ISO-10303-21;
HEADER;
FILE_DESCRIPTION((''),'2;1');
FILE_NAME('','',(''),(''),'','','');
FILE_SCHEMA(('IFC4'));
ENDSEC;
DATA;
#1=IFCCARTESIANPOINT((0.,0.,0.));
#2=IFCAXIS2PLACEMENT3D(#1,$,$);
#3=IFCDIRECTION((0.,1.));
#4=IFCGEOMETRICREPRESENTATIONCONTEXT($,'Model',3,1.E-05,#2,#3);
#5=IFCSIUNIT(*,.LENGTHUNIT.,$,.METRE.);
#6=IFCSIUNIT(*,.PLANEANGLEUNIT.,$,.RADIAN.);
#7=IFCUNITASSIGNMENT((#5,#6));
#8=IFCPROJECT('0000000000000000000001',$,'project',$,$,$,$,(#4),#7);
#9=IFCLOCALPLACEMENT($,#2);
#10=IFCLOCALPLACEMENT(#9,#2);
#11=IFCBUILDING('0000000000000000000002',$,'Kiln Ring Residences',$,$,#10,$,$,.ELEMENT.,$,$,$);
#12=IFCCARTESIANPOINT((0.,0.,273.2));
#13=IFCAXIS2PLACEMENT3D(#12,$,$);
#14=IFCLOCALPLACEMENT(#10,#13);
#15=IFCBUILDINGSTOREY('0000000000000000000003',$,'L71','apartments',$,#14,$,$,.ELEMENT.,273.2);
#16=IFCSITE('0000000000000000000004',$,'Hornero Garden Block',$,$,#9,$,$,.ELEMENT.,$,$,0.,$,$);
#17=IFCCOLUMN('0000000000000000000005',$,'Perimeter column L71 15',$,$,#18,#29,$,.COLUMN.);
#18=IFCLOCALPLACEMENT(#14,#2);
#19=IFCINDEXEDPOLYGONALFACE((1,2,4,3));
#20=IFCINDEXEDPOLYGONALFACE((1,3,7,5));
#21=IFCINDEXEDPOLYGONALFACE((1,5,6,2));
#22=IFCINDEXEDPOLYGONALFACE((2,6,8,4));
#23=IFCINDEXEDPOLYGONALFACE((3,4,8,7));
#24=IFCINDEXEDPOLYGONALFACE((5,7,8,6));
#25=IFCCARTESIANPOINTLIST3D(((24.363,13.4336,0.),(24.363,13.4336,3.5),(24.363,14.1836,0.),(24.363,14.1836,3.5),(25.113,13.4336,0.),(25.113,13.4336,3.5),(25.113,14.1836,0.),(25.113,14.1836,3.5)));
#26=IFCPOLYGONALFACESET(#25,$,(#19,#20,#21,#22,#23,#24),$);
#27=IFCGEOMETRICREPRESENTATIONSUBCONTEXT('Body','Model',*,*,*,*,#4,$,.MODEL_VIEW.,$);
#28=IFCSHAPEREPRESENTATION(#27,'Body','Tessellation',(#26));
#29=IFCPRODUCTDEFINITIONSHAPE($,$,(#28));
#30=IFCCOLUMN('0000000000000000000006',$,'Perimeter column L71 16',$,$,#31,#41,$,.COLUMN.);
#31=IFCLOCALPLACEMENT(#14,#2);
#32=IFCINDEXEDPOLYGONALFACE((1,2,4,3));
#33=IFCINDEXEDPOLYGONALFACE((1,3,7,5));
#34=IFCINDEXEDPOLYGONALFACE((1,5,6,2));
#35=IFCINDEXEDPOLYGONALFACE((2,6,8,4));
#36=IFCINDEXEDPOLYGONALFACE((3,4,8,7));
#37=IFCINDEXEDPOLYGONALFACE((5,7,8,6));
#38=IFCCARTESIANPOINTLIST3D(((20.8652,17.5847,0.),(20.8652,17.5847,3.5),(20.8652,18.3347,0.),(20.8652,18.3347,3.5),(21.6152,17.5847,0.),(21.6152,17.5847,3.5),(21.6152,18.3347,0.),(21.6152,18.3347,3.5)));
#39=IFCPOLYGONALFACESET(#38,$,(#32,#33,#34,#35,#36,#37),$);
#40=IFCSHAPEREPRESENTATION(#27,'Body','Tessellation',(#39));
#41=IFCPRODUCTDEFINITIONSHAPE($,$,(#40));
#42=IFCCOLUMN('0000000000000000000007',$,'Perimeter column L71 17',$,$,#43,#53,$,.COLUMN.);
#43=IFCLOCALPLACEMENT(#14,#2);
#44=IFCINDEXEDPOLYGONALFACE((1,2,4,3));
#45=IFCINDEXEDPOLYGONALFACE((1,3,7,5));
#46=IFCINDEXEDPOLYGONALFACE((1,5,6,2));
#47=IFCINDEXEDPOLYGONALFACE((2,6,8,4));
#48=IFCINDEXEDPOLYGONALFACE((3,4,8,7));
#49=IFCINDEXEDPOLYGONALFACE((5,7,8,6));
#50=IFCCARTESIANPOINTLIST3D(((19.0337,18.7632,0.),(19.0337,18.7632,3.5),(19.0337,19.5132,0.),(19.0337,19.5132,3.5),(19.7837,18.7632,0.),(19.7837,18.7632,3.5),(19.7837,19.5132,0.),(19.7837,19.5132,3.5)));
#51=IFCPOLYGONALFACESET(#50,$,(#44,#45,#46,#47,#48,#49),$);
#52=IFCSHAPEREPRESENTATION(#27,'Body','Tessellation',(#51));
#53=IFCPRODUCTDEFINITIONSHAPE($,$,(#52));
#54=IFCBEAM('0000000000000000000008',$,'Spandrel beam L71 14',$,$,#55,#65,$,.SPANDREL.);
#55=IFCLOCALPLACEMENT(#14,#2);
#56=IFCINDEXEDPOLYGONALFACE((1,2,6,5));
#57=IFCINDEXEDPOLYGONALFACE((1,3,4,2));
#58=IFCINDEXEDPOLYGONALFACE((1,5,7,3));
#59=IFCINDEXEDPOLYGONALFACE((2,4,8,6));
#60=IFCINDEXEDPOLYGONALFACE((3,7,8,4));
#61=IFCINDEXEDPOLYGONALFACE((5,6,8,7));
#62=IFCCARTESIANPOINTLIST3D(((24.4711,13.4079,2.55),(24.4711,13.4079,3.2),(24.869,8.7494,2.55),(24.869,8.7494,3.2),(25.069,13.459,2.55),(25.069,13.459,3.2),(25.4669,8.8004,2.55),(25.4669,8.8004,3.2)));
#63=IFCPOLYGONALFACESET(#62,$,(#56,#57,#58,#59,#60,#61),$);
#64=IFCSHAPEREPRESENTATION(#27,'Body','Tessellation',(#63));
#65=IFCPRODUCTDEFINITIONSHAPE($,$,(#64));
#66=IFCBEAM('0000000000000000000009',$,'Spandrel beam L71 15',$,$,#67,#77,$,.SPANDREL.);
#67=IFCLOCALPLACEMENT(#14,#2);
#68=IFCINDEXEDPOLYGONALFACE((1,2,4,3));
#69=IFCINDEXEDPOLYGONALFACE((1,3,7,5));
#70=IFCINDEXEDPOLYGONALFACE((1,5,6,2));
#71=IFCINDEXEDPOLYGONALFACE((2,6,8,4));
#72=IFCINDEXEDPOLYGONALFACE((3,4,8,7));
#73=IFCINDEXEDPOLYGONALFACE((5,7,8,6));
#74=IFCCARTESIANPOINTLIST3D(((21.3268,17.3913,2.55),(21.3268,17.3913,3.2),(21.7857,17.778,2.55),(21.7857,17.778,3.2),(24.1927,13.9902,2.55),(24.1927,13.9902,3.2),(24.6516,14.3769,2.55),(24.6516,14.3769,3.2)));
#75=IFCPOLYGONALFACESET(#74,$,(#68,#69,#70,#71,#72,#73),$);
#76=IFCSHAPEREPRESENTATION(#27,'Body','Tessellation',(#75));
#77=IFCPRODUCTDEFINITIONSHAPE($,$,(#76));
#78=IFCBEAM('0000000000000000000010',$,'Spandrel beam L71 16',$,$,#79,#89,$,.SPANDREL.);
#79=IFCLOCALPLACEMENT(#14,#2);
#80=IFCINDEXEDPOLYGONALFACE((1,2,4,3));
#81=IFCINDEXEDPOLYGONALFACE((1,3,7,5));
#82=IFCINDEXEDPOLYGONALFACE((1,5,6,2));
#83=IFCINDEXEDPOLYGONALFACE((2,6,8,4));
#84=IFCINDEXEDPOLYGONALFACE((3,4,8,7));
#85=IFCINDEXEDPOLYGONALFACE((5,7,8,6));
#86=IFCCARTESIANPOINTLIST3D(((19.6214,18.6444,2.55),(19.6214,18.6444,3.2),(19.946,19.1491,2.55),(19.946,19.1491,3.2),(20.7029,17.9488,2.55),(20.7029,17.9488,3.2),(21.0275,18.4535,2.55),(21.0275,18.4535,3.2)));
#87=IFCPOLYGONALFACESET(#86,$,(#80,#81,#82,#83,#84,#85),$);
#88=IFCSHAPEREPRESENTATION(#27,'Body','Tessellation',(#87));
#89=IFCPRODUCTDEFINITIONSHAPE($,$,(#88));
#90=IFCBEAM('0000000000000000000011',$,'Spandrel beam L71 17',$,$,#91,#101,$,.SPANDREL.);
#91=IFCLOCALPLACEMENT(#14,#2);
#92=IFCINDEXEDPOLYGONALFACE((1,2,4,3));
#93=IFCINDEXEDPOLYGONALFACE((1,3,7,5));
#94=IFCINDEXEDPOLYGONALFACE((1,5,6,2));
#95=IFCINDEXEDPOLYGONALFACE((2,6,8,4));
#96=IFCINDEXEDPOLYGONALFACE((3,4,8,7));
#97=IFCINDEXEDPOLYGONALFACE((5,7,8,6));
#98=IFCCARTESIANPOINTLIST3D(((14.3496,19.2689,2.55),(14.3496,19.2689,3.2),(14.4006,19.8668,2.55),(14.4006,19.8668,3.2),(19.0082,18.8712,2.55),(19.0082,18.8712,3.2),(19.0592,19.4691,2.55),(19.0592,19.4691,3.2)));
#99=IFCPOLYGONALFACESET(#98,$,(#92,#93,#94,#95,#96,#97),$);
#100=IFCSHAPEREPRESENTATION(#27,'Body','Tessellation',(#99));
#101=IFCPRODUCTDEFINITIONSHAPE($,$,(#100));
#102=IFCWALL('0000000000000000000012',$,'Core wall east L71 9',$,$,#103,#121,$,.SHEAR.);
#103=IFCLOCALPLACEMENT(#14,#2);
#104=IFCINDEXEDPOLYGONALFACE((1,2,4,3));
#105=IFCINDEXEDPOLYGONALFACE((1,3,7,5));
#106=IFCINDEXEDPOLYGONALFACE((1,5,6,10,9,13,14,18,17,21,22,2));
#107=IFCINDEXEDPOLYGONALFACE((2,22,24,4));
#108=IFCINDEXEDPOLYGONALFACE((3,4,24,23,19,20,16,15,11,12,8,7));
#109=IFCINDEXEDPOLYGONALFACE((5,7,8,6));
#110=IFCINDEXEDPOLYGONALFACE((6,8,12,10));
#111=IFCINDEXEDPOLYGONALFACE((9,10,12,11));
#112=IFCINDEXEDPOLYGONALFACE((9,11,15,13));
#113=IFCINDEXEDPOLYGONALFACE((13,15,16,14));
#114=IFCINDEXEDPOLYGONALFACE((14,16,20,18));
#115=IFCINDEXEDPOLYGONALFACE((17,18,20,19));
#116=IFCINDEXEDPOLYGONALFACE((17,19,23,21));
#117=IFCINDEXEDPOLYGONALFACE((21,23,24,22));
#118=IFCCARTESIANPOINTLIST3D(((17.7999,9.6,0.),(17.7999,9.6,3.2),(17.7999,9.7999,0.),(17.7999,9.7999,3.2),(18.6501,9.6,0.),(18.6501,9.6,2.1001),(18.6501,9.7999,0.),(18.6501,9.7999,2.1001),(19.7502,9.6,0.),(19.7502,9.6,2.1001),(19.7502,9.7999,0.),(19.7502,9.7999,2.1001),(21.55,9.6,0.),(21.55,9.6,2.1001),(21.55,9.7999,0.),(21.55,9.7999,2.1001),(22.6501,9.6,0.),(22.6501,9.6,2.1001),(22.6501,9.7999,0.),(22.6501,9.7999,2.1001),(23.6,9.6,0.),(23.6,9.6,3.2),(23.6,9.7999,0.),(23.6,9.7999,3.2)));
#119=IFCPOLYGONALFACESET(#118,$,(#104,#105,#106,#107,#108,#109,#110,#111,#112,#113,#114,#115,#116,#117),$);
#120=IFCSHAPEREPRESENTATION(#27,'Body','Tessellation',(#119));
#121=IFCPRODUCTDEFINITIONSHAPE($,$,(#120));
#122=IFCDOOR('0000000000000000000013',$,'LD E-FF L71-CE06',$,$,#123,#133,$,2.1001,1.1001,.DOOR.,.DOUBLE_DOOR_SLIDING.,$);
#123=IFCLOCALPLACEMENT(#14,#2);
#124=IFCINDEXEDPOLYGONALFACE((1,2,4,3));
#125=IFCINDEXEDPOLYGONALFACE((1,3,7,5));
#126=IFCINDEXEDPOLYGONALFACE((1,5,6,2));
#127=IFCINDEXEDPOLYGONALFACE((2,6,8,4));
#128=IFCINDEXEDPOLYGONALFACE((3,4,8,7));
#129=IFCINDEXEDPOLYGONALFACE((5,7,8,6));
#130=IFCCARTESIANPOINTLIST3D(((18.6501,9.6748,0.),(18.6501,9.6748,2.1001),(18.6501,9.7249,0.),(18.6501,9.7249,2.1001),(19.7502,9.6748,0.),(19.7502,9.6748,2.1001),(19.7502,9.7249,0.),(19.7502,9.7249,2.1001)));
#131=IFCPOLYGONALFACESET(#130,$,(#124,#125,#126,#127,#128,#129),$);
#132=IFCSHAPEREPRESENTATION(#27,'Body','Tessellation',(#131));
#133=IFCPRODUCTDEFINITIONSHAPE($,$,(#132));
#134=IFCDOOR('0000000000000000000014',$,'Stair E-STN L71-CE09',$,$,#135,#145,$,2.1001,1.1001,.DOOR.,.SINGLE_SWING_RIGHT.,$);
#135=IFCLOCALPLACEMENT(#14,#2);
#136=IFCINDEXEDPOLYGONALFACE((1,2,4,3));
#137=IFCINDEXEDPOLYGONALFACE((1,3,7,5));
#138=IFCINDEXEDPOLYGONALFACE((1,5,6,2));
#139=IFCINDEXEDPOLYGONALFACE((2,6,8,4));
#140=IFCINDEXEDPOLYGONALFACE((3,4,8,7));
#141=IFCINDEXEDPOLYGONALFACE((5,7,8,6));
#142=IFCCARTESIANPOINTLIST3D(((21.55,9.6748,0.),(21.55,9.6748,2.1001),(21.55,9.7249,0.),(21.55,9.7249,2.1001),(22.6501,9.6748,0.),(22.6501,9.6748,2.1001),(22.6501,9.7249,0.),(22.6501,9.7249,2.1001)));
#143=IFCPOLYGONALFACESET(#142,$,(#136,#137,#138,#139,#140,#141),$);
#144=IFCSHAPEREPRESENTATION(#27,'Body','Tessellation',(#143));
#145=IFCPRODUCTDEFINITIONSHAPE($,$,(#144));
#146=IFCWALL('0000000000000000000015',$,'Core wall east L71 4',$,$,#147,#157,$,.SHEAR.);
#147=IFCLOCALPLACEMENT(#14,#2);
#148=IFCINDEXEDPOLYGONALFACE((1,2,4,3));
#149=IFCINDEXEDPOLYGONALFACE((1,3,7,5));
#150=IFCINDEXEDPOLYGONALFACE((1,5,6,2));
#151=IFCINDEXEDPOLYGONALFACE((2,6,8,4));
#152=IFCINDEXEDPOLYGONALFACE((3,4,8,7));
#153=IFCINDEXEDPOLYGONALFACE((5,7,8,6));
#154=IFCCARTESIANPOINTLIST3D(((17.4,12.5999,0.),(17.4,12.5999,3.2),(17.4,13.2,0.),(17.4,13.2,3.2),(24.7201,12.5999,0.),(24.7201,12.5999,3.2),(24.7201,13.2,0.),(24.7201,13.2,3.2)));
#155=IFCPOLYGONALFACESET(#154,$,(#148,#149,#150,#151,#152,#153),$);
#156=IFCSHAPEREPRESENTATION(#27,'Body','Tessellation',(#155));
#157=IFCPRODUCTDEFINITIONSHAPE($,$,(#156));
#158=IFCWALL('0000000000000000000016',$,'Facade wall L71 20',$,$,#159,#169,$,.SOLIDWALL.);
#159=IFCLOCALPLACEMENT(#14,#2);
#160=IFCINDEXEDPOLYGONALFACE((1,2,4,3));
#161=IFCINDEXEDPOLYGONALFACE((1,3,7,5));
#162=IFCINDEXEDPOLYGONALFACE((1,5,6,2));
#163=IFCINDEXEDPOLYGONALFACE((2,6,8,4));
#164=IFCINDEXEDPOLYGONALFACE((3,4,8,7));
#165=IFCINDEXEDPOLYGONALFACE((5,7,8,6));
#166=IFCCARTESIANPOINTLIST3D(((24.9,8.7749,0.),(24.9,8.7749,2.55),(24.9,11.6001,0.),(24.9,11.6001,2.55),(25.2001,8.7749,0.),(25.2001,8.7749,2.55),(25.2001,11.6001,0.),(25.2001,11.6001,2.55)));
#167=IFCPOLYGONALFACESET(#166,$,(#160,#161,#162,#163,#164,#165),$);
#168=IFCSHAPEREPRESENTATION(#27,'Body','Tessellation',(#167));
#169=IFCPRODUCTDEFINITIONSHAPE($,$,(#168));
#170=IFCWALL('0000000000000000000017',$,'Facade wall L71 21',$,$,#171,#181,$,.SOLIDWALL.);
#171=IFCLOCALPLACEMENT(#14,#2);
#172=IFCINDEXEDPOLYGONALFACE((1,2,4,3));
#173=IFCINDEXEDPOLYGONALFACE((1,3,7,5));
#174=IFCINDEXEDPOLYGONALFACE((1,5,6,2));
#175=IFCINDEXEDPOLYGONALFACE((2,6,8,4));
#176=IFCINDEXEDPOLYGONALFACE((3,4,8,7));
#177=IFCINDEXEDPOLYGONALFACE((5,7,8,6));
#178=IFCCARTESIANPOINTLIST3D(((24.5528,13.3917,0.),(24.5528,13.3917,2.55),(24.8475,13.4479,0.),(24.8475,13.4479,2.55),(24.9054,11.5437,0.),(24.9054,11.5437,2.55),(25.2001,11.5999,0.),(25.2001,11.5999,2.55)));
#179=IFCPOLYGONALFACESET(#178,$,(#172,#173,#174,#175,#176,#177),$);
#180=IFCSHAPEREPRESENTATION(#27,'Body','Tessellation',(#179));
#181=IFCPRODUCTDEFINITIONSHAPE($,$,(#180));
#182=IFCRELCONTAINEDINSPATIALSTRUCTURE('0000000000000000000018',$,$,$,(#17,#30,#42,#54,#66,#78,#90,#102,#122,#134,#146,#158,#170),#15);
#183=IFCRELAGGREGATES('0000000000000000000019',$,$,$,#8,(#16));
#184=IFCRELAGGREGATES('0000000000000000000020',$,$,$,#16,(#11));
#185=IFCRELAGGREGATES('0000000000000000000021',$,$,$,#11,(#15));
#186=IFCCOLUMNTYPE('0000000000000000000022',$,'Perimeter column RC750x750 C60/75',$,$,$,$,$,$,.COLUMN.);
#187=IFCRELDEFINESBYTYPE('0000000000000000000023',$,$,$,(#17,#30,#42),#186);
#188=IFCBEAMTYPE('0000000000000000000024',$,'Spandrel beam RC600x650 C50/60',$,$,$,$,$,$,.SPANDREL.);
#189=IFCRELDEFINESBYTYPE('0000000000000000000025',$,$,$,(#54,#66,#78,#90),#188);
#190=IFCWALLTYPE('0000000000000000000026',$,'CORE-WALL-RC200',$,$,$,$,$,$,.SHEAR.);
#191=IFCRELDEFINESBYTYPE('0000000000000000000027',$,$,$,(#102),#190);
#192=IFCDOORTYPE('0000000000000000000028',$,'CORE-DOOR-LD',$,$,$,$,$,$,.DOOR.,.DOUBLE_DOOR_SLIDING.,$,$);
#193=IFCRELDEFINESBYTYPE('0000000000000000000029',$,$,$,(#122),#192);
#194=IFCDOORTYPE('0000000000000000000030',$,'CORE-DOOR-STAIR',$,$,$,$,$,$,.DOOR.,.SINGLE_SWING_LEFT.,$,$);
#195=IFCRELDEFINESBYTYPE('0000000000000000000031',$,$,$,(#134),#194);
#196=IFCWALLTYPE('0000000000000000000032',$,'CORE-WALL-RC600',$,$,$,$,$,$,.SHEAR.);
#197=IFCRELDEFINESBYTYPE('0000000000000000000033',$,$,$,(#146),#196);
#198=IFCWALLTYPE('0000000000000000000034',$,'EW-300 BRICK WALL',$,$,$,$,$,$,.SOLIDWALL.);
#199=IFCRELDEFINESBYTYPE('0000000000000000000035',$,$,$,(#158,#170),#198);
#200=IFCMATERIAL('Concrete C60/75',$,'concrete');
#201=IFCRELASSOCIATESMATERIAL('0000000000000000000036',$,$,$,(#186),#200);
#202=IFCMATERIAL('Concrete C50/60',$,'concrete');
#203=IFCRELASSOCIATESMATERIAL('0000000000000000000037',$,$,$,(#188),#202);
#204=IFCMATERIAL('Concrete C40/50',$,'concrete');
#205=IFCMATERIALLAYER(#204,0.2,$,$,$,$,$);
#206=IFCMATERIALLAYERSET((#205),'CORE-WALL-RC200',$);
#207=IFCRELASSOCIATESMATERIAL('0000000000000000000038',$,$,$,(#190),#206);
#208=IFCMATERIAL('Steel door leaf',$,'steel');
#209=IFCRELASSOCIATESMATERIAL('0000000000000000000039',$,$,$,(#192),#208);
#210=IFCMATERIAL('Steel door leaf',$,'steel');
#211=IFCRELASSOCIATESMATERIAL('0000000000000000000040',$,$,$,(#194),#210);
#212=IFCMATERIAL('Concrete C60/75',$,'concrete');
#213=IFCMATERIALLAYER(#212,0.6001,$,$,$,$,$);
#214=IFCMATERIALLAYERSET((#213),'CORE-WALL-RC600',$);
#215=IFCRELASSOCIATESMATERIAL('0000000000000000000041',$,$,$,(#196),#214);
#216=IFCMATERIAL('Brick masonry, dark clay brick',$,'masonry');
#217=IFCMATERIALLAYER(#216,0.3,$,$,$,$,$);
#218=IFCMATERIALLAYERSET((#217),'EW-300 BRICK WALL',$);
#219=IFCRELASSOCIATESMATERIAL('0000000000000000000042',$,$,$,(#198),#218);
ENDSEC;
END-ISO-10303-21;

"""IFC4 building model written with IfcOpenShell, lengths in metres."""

from ifc_helpers import new_model, si_unit, direction, frame, frame_2d, origin, origin_2d, place, context, subcontext, project, spatial, rectangle, extrude, material, layer, layer_set, material_profile, profile_set, type_object, element, fill, save


model = new_model("IFC4")

# Units and contexts
model_context = context("Model", 3, precision=1e-05, world=origin(), true_north=direction((0.0, 1.0)))
body_context = subcontext(model_context, "Body", "Model", "MODEL_VIEW")
ifc_project = project(units=[si_unit("LENGTHUNIT", "METRE"), si_unit("PLANEANGLEUNIT", "RADIAN")], contexts=[model_context])

# Site, building, storey
site_placement = place(None, origin())
site = spatial("IfcSite", under=ifc_project, at=site_placement, Name="Hornero Garden Block", CompositionType="ELEMENT", RefElevation=0.0)
building_placement = place(site_placement, origin())
building = spatial("IfcBuilding", under=site, at=building_placement, Name="Kiln Ring Residences", CompositionType="ELEMENT")
storey_placement = place(building_placement, frame((0.0, 0.0, 273.2)))
storey = spatial("IfcBuildingStorey", under=building, at=storey_placement, Name="L71", Description="apartments", CompositionType="ELEMENT", Elevation=273.2)

# Columns
ifc_material_1 = material(Name="Concrete C60/75", Category="concrete")
ifc_material_profile_1 = material_profile(ifc_material_1, rectangle(XDim=0.75, YDim=0.75, at=origin_2d()), Name="RC750x750")
ifc_profile_set_1 = profile_set([ifc_material_profile_1], Name="Concrete C60/75")
column_type = type_object("IfcColumnType", Name="Perimeter column RC750x750 C60/75", PredefinedType="COLUMN", material=ifc_profile_set_1)
for number, where, z_axis, x_axis, name in (
    (1, (24.738, 13.8086, 0.0), (0.0, 0.0, 1.0), (1.0, 0.0, 0.0), "Perimeter column L71 15"),
    (2, (21.2402, 17.9597, 0.0), (0.0, 0.0, 1.0), (1.0, 0.0, 0.0), "Perimeter column L71 16"),
    (3, (19.4087, 19.1382, 0.0), (0.0, 0.0, 1.0), (1.0, 0.0, 0.0), "Perimeter column L71 17"),
):
    element("IfcColumn", number, at=place(storey_placement, frame(where, z_axis=z_axis, x_axis=x_axis)), inside=storey, type_object=column_type, Name=name, PredefinedType="COLUMN", context=body_context, shape_type="SweptSolid", body=[
        extrude(rectangle(XDim=0.75, YDim=0.75, at=origin_2d()), origin(), (0.0, 0.0, 1.0), 3.5),
    ])

# Beams
ifc_material_2 = material(Name="Concrete C50/60", Category="concrete")
ifc_material_profile_2 = material_profile(ifc_material_2, rectangle(XDim=0.6001, YDim=0.6499, at=origin_2d()), Name="RC600x650")
ifc_profile_set_2 = profile_set([ifc_material_profile_2], Name="Concrete C50/60")
beam_type = type_object("IfcBeamType", Name="Spandrel beam RC600x650 C50/60", PredefinedType="SPANDREL", material=ifc_profile_set_2)
beam_1_placement = place(storey_placement, frame((25.168, 8.7749, 2.875), z_axis=(-0.085111, 0.996371, 0.0), x_axis=(-0.996371, -0.085111, 0.0)))
element("IfcBeam", 4, at=beam_1_placement, inside=storey, type_object=beam_type, Name="Spandrel beam L71 14", PredefinedType="SPANDREL", context=body_context, shape_type="SweptSolid", body=[
    extrude(rectangle(XDim=0.6001, YDim=0.6499, at=origin_2d()), origin(), (0.0, 0.0, 1.0), 4.6755),
])
beam_2_placement = place(storey_placement, frame((24.4221, 14.1836, 2.875), z_axis=(-0.644381, 0.764705, 0.0), x_axis=(-0.764705, -0.644381, 0.0)))
element("IfcBeam", 5, at=beam_2_placement, inside=storey, type_object=beam_type, Name="Spandrel beam L71 15", PredefinedType="SPANDREL", context=body_context, shape_type="SweptSolid", body=[
    extrude(rectangle(XDim=0.6001, YDim=0.6499, at=origin_2d()), origin(), (0.0, 0.0, 1.0), 4.4475),
])
beam_3_placement = place(storey_placement, frame((20.8652, 18.2012, 2.875), z_axis=(-0.84108, 0.540911, 0.0), x_axis=(-0.540911, -0.84108, 0.0)))
element("IfcBeam", 6, at=beam_3_placement, inside=storey, type_object=beam_type, Name="Spandrel beam L71 16", PredefinedType="SPANDREL", context=body_context, shape_type="SweptSolid", body=[
    extrude(rectangle(XDim=0.6001, YDim=0.6499, at=origin_2d()), origin(), (0.0, 0.0, 1.0), 1.2859),
])
beam_4_placement = place(storey_placement, frame((19.0337, 19.1702, 2.875), z_axis=(-0.996376, 0.085059, 0.0), x_axis=(-0.085059, -0.996376, 0.0)))
element("IfcBeam", 7, at=beam_4_placement, inside=storey, type_object=beam_type, Name="Spandrel beam L71 17", PredefinedType="SPANDREL", context=body_context, shape_type="SweptSolid", body=[
    extrude(rectangle(XDim=0.6001, YDim=0.6499, at=origin_2d()), origin(), (0.0, 0.0, 1.0), 4.6755),
])

# Wall, openings, doors
ifc_material_3 = material(Name="Concrete C40/50", Category="concrete")
ifc_layer_1 = layer(ifc_material_3, 0.2)
ifc_layer_set_1 = layer_set([ifc_layer_1], Name="CORE-WALL-RC200")
wall_type_1 = type_object("IfcWallType", Name="CORE-WALL-RC200", PredefinedType="SHEAR", material=ifc_layer_set_1)
wall_1_placement = place(storey_placement, frame((17.8, 9.7, 0.0), z_axis=(0.0, 0.0, 1.0), x_axis=(1.0, 0.0, 0.0)))
wall_1 = element("IfcWall", 8, at=wall_1_placement, inside=storey, type_object=wall_type_1, Name="Core wall east L71 9", PredefinedType="SHEAR", context=body_context, shape_type="SweptSolid", body=[
    extrude(rectangle(XDim=5.8, YDim=0.2, at=frame_2d((2.8999, 0.0))), origin(), (0.0, 0.0, 1.0), 3.2),
])
opening_1_placement = place(wall_1_placement, frame((0.8501, 0.0, 0.0)))
opening_1 = element("IfcOpeningElement", 9, at=opening_1_placement, cuts=wall_1, PredefinedType="OPENING", context=body_context, shape_type="SweptSolid", body=[
    extrude(rectangle(XDim=1.1001, YDim=2.1001, at=frame_2d((0.55, 1.05))), frame((0.0, 0.1099, 0.0), z_axis=(0.0, -1.0, 0.0), x_axis=(1.0, 0.0, 0.0)), (0.0, 0.0, 1.0), 0.22),
])
opening_2_placement = place(wall_1_placement, frame((3.75, 0.0, 0.0)))
opening_2 = element("IfcOpeningElement", 10, at=opening_2_placement, cuts=wall_1, PredefinedType="OPENING", context=body_context, shape_type="SweptSolid", body=[
    extrude(rectangle(XDim=1.1001, YDim=2.1001, at=frame_2d((0.55, 1.05))), frame((0.0, 0.1099, 0.0), z_axis=(0.0, -1.0, 0.0), x_axis=(1.0, 0.0, 0.0)), (0.0, 0.0, 1.0), 0.22),
])
ifc_material_4 = material(Name="Steel door leaf", Category="steel")
door_type_1 = type_object("IfcDoorType", Name="CORE-DOOR-LD", OperationType="DOUBLE_DOOR_SLIDING", PredefinedType="DOOR", material=ifc_material_4)
door_1_placement = place(opening_1_placement, origin())
door_1 = element("IfcDoor", 11, at=door_1_placement, inside=storey, type_object=door_type_1, Name="LD E-FF L71-CE06", OperationType="DOUBLE_DOOR_SLIDING", OverallHeight=2.1001, OverallWidth=1.1001, PredefinedType="DOOR", context=body_context, shape_type="SweptSolid", body=[
    extrude(rectangle(XDim=1.1001, YDim=2.1001, at=frame_2d((0.55, 1.05))), frame((0.0, 0.0249, 0.0), z_axis=(0.0, -1.0, 0.0), x_axis=(1.0, 0.0, 0.0)), (0.0, 0.0, 1.0), 0.05),
])
fill(opening_1, door_1)
ifc_material_5 = material(Name="Steel door leaf", Category="steel")
door_type_2 = type_object("IfcDoorType", Name="CORE-DOOR-STAIR", OperationType="SINGLE_SWING_LEFT", PredefinedType="DOOR", material=ifc_material_5)
door_2_placement = place(opening_2_placement, origin())
door_2 = element("IfcDoor", 12, at=door_2_placement, inside=storey, type_object=door_type_2, Name="Stair E-STN L71-CE09", OperationType="SINGLE_SWING_RIGHT", OverallHeight=2.1001, OverallWidth=1.1001, PredefinedType="DOOR", context=body_context, shape_type="SweptSolid", body=[
    extrude(rectangle(XDim=1.1001, YDim=2.1001, at=frame_2d((0.55, 1.05))), frame((0.0, 0.0249, 0.0), z_axis=(0.0, -1.0, 0.0), x_axis=(1.0, 0.0, 0.0)), (0.0, 0.0, 1.0), 0.05),
])
fill(opening_2, door_2)

# Walls
ifc_material_6 = material(Name="Concrete C60/75", Category="concrete")
ifc_layer_2 = layer(ifc_material_6, 0.6001)
ifc_layer_set_2 = layer_set([ifc_layer_2], Name="CORE-WALL-RC600")
wall_type_2 = type_object("IfcWallType", Name="CORE-WALL-RC600", PredefinedType="SHEAR", material=ifc_layer_set_2)
wall_2_placement = place(storey_placement, frame((17.3999, 12.8999, 0.0), z_axis=(0.0, 0.0, 1.0), x_axis=(1.0, 0.0, 0.0)))
element("IfcWall", 13, at=wall_2_placement, inside=storey, type_object=wall_type_2, Name="Core wall east L71 4", PredefinedType="SHEAR", context=body_context, shape_type="SweptSolid", body=[
    extrude(rectangle(XDim=7.3201, YDim=0.6001, at=frame_2d((3.6602, 0.0))), origin(), (0.0, 0.0, 1.0), 3.2),
])
ifc_material_7 = material(Name="Brick masonry, dark clay brick", Category="masonry")
ifc_layer_3 = layer(ifc_material_7, 0.3)
ifc_layer_set_3 = layer_set([ifc_layer_3], Name="EW-300 BRICK WALL")
wall_type_3 = type_object("IfcWallType", Name="EW-300 BRICK WALL", PredefinedType="SOLIDWALL", material=ifc_layer_set_3)
wall_3_placement = place(storey_placement, frame((25.05, 8.7749, 0.0), z_axis=(0.0, 0.0, 1.0), x_axis=(0.0, 1.0, 0.0)))
element("IfcWall", 14, at=wall_3_placement, inside=storey, type_object=wall_type_3, Name="Facade wall L71 20", PredefinedType="SOLIDWALL", context=body_context, shape_type="SweptSolid", body=[
    extrude(rectangle(XDim=2.8252, YDim=0.3, at=frame_2d((1.4126, 0.0))), origin(), (0.0, 0.0, 1.0), 2.55),
])
wall_4_placement = place(storey_placement, frame((25.0527, 11.5718, 0.0), z_axis=(0.0, 0.0, 1.0), x_axis=(-0.187398, 0.982284, 0.0)))
element("IfcWall", 15, at=wall_4_placement, inside=storey, type_object=wall_type_3, Name="Facade wall L71 21", PredefinedType="SOLIDWALL", context=body_context, shape_type="SweptSolid", body=[
    extrude(rectangle(XDim=1.8813, YDim=0.3, at=frame_2d((0.9407, 0.0))), origin(), (0.0, 0.0, 1.0), 2.55),
])

save(model, "model.ifc")
